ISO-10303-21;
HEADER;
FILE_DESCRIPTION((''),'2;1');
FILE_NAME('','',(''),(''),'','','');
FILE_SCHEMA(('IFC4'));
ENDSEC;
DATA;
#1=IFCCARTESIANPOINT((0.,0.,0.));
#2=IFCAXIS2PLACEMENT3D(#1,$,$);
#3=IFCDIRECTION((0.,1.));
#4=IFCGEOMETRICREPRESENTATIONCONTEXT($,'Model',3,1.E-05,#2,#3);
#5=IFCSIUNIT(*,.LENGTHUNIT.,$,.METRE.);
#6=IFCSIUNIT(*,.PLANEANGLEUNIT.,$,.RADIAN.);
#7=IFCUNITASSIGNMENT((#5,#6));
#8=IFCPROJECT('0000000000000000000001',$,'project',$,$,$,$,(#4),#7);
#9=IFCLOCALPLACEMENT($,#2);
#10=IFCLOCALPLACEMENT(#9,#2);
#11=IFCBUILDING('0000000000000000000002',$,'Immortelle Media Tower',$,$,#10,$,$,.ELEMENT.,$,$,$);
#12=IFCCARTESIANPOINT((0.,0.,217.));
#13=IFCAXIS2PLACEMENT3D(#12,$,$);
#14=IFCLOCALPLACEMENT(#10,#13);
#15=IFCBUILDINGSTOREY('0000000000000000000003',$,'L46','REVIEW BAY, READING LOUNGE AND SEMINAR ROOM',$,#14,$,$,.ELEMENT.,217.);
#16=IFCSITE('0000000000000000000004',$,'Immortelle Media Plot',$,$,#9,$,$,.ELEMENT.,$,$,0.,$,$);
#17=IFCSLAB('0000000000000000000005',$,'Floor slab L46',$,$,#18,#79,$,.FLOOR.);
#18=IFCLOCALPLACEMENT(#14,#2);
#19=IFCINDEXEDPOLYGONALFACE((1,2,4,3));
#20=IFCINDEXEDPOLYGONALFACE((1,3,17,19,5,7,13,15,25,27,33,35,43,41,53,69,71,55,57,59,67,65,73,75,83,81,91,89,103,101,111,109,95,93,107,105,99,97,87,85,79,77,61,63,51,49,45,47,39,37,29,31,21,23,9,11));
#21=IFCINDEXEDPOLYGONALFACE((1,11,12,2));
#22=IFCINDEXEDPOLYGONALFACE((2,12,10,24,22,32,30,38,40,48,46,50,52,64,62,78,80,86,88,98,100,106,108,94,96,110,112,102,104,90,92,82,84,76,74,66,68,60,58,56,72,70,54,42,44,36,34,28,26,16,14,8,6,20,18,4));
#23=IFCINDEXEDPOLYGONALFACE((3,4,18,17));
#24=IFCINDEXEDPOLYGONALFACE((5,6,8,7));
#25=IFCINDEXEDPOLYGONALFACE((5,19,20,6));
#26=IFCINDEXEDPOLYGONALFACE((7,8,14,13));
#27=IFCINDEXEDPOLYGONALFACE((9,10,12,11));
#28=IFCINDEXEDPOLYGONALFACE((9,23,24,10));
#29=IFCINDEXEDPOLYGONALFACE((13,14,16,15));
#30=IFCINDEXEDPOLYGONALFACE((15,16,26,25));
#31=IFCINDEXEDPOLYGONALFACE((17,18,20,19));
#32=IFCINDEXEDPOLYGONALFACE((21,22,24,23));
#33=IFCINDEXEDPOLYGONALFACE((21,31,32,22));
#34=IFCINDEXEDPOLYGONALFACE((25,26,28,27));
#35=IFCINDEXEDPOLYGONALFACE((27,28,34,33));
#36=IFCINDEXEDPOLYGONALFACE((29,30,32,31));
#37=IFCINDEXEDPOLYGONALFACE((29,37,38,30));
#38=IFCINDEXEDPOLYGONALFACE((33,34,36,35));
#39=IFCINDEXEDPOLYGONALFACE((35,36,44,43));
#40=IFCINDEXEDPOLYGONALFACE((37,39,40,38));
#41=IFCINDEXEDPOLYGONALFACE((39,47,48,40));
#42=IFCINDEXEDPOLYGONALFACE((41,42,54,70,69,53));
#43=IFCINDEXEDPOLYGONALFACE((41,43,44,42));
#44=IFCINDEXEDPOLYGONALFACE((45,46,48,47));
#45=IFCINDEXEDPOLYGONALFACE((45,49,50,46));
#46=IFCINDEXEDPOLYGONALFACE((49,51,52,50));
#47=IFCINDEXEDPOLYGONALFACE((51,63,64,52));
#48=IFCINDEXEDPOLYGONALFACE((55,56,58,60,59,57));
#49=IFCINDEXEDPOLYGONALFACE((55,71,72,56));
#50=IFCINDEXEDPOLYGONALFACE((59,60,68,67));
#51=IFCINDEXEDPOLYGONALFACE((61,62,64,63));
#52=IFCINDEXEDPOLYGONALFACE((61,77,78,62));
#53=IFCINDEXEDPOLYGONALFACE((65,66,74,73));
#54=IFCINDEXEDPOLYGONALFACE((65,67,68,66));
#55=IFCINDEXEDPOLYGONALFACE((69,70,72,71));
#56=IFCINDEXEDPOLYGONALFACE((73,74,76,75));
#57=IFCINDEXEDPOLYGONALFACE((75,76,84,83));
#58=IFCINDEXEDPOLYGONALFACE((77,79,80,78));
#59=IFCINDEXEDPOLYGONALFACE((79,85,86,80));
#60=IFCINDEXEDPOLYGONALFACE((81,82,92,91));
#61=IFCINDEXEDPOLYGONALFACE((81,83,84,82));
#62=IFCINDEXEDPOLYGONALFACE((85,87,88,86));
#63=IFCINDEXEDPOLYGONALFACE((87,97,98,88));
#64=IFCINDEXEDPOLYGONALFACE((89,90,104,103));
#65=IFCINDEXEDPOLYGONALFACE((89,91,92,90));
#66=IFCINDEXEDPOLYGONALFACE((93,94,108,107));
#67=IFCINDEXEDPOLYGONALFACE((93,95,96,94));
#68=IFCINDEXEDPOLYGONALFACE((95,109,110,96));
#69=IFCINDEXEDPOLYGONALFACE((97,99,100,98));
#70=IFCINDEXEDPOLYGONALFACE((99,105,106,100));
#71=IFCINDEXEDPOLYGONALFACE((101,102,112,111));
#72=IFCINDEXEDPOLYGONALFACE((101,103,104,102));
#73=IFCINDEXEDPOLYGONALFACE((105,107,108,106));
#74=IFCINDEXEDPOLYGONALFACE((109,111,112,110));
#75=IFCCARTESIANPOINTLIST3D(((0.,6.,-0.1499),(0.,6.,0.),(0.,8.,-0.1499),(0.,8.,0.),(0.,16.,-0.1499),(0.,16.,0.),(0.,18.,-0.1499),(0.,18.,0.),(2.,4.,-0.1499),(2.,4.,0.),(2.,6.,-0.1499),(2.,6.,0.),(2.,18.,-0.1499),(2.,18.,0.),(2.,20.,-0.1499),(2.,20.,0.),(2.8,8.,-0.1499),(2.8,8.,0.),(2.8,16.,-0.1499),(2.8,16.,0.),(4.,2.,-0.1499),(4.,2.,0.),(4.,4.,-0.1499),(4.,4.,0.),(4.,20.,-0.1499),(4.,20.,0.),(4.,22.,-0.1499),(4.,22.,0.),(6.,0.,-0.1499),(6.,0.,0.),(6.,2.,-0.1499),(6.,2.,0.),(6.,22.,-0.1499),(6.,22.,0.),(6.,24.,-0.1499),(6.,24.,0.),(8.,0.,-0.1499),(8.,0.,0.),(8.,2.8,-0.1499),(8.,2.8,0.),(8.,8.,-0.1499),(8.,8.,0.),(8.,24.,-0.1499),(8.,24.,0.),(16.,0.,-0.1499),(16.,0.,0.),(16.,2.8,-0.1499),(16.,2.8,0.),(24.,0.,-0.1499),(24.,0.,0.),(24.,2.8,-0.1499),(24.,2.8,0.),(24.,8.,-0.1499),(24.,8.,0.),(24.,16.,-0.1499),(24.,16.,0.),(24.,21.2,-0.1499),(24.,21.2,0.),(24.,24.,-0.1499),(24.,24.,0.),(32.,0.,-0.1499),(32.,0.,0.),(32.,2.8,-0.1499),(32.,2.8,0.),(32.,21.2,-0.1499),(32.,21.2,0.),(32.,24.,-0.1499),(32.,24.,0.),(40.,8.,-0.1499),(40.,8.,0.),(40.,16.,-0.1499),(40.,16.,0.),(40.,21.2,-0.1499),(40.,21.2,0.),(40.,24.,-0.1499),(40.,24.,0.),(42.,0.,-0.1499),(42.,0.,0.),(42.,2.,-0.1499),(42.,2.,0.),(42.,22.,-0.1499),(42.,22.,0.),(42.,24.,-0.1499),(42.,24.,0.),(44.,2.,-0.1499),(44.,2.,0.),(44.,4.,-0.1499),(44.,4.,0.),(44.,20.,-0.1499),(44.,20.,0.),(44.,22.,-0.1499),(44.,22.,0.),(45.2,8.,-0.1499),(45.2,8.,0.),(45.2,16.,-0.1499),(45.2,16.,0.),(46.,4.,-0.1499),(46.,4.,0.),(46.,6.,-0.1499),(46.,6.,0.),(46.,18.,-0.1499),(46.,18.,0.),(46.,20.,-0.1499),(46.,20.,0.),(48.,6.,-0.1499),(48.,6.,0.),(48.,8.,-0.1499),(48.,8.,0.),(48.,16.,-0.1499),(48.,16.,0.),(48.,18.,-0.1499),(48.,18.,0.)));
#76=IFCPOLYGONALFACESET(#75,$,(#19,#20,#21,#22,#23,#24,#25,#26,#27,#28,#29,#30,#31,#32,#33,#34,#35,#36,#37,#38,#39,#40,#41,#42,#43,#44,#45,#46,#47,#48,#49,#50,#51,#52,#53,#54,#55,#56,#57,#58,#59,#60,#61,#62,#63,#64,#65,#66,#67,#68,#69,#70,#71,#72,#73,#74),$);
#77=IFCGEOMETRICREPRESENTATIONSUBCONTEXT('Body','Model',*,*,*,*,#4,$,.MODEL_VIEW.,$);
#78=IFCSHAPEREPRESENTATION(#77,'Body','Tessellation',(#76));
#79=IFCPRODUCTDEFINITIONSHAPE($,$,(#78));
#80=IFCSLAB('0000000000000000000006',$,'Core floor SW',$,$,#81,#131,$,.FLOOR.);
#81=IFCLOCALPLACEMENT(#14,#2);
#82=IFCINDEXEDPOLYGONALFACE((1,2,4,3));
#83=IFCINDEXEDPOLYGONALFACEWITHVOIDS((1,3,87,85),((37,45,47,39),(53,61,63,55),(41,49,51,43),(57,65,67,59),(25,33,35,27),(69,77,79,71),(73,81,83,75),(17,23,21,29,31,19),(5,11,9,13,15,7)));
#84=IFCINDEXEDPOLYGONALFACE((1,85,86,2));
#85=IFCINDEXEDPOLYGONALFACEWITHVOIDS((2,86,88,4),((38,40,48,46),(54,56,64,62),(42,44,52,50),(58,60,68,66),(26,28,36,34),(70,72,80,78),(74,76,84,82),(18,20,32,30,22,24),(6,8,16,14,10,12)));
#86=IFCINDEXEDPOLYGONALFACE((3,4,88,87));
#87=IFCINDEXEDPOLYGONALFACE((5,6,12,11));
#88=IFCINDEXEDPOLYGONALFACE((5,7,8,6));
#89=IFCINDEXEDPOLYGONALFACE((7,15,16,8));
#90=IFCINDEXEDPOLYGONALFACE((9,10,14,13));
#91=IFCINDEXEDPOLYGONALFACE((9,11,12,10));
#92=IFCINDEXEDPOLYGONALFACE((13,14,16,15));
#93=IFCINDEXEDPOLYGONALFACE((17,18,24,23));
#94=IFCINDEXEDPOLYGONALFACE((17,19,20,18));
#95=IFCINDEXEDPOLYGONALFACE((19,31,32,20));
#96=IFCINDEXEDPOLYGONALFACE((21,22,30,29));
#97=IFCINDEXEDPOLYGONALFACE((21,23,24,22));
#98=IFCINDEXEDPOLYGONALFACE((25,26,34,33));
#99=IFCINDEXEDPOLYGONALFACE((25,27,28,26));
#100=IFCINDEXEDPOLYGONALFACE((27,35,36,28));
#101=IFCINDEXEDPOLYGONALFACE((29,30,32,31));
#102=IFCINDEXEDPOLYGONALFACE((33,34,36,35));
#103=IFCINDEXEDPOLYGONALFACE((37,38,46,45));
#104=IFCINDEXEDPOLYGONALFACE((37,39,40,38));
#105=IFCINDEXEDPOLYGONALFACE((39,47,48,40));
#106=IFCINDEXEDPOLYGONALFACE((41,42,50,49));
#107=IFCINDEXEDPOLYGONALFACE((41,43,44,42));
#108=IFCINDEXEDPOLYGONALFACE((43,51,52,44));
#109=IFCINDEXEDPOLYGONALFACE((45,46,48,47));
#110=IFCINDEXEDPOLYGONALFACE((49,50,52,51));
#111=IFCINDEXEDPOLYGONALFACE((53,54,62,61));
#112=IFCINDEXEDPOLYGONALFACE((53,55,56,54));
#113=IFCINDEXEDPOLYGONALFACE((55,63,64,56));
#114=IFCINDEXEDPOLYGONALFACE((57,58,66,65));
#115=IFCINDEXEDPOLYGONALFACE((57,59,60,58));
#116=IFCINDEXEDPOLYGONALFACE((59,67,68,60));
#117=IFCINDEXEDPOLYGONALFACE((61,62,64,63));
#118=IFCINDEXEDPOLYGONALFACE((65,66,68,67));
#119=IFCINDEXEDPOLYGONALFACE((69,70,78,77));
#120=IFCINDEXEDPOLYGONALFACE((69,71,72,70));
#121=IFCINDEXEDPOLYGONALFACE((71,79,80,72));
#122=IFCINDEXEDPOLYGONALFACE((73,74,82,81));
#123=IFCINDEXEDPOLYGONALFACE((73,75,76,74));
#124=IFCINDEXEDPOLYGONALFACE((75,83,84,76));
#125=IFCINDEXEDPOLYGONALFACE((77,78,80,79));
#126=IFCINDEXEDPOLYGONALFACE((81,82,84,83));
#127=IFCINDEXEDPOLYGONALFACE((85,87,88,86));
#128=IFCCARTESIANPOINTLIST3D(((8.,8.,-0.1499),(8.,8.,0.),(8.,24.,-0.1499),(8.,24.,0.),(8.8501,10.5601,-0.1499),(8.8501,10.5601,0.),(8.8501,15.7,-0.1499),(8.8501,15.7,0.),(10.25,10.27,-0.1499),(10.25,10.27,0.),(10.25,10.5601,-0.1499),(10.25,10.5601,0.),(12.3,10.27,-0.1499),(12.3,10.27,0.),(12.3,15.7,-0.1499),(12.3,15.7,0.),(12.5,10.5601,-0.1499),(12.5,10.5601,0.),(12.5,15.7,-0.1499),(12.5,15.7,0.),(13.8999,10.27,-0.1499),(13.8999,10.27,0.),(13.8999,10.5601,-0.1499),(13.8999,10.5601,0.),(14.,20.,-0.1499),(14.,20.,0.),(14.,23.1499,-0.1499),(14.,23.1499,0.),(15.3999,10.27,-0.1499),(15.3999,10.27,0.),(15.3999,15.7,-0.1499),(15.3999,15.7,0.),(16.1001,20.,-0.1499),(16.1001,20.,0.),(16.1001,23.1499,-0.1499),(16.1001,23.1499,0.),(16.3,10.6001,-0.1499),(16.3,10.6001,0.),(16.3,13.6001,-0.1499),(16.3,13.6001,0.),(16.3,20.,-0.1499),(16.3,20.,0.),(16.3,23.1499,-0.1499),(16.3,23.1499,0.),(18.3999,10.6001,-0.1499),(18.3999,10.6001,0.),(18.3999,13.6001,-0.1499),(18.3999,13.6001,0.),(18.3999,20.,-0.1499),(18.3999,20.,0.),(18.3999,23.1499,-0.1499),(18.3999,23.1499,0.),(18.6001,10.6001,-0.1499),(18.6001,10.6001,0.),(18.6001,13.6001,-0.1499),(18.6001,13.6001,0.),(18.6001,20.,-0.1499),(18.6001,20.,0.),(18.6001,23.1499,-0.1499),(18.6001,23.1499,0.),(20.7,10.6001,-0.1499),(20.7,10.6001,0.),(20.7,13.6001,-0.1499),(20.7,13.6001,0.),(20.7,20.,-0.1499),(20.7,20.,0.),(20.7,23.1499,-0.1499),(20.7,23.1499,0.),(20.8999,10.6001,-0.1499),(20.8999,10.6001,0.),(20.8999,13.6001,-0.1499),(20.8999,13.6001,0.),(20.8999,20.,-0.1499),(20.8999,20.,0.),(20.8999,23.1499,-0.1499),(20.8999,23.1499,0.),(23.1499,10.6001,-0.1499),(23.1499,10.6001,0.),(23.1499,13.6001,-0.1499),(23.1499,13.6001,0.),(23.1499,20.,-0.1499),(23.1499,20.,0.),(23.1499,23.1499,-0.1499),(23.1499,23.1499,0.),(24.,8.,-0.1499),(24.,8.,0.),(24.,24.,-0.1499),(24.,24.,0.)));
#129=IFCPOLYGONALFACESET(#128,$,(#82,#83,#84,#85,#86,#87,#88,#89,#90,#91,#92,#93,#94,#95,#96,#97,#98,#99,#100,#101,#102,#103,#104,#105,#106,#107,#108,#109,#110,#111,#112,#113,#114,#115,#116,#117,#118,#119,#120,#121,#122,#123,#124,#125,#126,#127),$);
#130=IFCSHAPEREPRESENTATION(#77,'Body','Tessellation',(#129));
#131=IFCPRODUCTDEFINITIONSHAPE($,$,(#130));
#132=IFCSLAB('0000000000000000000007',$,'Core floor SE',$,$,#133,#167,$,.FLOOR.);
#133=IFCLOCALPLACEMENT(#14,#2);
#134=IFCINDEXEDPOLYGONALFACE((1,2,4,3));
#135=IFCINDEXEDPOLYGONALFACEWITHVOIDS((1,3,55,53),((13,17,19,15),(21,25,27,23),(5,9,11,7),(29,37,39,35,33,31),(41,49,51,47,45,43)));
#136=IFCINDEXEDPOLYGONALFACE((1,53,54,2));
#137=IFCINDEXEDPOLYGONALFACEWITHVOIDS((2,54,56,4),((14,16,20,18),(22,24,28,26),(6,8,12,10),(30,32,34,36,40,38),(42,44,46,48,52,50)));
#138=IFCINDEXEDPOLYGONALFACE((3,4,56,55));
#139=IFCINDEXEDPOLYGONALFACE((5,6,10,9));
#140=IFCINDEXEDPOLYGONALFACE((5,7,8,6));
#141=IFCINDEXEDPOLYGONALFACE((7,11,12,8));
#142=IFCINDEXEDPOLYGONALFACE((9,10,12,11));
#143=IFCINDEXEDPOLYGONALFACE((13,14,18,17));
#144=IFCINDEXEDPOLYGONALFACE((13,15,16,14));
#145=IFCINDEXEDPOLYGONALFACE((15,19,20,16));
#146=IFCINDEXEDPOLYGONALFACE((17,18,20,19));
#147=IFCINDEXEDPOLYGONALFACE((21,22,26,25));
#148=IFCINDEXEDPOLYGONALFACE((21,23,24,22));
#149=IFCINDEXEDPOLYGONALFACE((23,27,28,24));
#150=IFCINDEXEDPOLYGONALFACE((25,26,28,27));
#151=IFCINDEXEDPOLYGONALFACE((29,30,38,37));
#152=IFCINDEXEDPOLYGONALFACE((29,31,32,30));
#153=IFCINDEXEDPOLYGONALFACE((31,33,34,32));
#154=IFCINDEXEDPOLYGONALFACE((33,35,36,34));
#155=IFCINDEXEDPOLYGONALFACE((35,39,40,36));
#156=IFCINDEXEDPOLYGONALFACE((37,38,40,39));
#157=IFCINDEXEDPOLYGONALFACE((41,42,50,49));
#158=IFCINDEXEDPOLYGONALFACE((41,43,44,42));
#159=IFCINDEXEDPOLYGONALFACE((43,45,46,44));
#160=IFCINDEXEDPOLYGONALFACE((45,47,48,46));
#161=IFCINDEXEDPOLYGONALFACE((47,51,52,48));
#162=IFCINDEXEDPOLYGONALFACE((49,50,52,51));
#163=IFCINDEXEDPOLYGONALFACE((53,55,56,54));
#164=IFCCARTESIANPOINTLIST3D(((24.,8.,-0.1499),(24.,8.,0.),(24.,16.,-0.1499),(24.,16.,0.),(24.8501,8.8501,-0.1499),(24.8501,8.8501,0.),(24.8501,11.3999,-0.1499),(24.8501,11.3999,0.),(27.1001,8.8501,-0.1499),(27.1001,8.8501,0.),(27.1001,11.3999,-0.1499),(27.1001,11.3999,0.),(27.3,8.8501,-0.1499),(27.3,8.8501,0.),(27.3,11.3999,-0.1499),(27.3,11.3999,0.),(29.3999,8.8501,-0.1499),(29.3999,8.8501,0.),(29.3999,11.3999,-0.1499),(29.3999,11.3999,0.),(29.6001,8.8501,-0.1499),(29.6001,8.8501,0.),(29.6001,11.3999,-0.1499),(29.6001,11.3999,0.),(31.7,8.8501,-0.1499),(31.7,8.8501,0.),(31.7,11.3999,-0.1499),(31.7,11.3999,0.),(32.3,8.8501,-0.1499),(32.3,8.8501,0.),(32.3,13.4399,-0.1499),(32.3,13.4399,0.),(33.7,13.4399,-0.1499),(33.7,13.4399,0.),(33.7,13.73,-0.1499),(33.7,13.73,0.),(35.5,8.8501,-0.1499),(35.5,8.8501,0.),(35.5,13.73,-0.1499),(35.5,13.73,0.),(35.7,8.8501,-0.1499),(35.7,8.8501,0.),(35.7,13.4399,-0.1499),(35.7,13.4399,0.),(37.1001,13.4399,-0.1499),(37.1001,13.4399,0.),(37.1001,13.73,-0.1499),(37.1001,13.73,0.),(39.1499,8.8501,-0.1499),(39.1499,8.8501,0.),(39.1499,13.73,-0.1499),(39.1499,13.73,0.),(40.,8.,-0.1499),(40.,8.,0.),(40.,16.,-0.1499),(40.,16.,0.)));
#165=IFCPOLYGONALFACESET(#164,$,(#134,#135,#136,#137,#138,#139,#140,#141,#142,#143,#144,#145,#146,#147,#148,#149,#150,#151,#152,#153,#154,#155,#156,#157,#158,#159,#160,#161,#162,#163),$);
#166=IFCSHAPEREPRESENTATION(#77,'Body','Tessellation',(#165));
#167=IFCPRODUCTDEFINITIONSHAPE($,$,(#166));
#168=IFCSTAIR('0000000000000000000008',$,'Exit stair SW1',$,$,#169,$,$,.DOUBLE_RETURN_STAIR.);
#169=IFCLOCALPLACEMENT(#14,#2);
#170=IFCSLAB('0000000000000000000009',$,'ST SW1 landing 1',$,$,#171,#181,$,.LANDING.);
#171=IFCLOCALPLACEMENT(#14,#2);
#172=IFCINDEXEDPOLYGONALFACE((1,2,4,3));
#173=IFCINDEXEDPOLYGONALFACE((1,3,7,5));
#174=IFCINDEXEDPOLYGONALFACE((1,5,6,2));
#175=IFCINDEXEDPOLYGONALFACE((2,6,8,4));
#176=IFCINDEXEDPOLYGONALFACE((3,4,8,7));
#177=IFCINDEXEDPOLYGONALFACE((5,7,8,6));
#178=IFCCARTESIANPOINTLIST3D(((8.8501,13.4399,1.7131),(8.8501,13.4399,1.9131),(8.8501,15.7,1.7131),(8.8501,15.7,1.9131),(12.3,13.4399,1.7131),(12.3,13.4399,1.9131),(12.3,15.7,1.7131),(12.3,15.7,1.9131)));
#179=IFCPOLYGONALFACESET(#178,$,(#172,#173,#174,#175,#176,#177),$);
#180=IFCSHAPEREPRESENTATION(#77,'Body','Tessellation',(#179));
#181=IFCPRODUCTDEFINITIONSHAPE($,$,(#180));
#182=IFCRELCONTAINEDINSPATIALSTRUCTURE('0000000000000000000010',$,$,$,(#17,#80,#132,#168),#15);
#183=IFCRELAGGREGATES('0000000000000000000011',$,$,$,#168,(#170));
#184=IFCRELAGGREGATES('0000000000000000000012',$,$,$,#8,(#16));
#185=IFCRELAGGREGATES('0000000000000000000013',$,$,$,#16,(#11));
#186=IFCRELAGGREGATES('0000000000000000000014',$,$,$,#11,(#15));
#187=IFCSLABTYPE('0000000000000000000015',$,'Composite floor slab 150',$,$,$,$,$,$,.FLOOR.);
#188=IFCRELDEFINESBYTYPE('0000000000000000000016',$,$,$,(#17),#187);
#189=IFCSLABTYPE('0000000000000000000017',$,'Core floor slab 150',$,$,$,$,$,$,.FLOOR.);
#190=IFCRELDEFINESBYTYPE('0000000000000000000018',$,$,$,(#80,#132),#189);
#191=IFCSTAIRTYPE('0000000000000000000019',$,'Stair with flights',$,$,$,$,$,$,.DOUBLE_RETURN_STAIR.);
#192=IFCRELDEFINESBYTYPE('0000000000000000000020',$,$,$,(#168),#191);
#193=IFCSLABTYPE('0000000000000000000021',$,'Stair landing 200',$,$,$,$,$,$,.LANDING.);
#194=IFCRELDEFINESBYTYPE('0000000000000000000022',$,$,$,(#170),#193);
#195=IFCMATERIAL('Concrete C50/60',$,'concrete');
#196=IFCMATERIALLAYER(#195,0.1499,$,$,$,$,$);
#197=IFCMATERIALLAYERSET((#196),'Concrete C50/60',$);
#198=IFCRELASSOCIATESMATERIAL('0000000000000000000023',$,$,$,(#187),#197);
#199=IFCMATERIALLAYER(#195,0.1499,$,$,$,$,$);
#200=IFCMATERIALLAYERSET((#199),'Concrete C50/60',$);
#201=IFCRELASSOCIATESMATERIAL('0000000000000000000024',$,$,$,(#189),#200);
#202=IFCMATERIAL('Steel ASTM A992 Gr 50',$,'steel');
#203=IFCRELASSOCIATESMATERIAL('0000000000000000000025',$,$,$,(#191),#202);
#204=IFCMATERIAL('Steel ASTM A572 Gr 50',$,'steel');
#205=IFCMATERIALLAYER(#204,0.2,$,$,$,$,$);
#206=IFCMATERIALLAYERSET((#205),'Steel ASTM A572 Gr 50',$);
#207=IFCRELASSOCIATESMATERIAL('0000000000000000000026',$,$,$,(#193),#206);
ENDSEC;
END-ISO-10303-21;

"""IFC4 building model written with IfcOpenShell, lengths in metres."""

from ifc_helpers import new_model, si_unit, direction, frame, origin, place, context, subcontext, project, spatial, polyline, outline, extrude, material, layer, layer_set, type_object, element, aggregate, save


model = new_model("IFC4")

# Units and contexts
model_context = context("Model", 3, precision=1e-05, world=origin(), true_north=direction((0.0, 1.0)))
body_context = subcontext(model_context, "Body", "Model", "MODEL_VIEW")
ifc_project = project(units=[si_unit("LENGTHUNIT", "METRE"), si_unit("PLANEANGLEUNIT", "RADIAN")], contexts=[model_context])

# Site, building, storey
site_placement = place(None, origin())
site = spatial("IfcSite", under=ifc_project, at=site_placement, Name="Immortelle Media Plot", CompositionType="ELEMENT", RefElevation=0.0)
building_placement = place(site_placement, origin())
building = spatial("IfcBuilding", under=site, at=building_placement, Name="Immortelle Media Tower", CompositionType="ELEMENT")
storey_placement = place(building_placement, frame((0.0, 0.0, 217.0)))
storey = spatial("IfcBuildingStorey", under=building, at=storey_placement, Name="L46", Description="REVIEW BAY, READING LOUNGE AND SEMINAR ROOM", CompositionType="ELEMENT", Elevation=217.0)

# Shared definitions
ifc_material_1 = material(Name="Steel ASTM A992 Gr 50", Category="steel")

# Slabs
ifc_material_2 = material(Name="Concrete C50/60", Category="concrete")
ifc_layer_1 = layer(ifc_material_2, 0.1499)
ifc_layer_set_1 = layer_set([ifc_layer_1], Name="Concrete C50/60")
slab_type_1 = type_object("IfcSlabType", Name="Composite floor slab 150", PredefinedType="FLOOR", material=ifc_layer_set_1)
slab_1_placement = place(storey_placement, frame((0.0, 0.0, -0.1499)))
element("IfcSlab", 1, at=slab_1_placement, inside=storey, type_object=slab_type_1, Name="Floor slab L46", PredefinedType="FLOOR", context=body_context, shape_type="SweptSolid", body=[
    extrude(outline(polyline([(6.0, 0.0), (6.0, 2.0), (4.0, 2.0), (4.0, 4.0), (2.0, 4.0), (2.0, 6.0), (0.0, 6.0), (0.0, 8.0), (2.8, 8.0), (2.8, 16.0), (0.0, 16.0), (0.0, 18.0), (2.0, 18.0), (2.0, 20.0), (4.0, 20.0), (4.0, 22.0), (6.0, 22.0), (6.0, 24.0), (8.0, 24.0), (8.0, 8.0), (24.0, 8.0), (40.0, 8.0), (40.0, 16.0), (24.0, 16.0), (24.0, 21.2), (24.0, 24.0), (32.0, 24.0), (32.0, 21.2), (40.0, 21.2), (40.0, 24.0), (42.0, 24.0), (42.0, 22.0), (44.0, 22.0), (44.0, 20.0), (46.0, 20.0), (46.0, 18.0), (48.0, 18.0), (48.0, 16.0), (45.2, 16.0), (45.2, 8.0), (48.0, 8.0), (48.0, 6.0), (46.0, 6.0), (46.0, 4.0), (44.0, 4.0), (44.0, 2.0), (42.0, 2.0), (42.0, 0.0), (32.0, 0.0), (32.0, 2.8), (24.0, 2.8), (24.0, 0.0), (16.0, 0.0), (16.0, 2.8), (8.0, 2.8), (8.0, 0.0), (6.0, 0.0)])), origin(), (0.0, 0.0, 1.0), 0.1499),
])
ifc_layer_2 = layer(ifc_material_2, 0.1499)
ifc_layer_set_2 = layer_set([ifc_layer_2], Name="Concrete C50/60")
slab_type_2 = type_object("IfcSlabType", Name="Core floor slab 150", PredefinedType="FLOOR", material=ifc_layer_set_2)
slab_2_placement = place(storey_placement, frame((0.0, 0.0, -0.1499)))
element("IfcSlab", 2, at=slab_2_placement, inside=storey, type_object=slab_type_2, Name="Core floor SW", PredefinedType="FLOOR", context=body_context, shape_type="SweptSolid", body=[
    extrude(outline(polyline([(8.0, 8.0), (24.0, 8.0), (24.0, 24.0), (8.0, 24.0), (8.0, 8.0)]), holes=[polyline([(14.0, 20.0), (16.1001, 20.0), (16.1001, 23.1499), (14.0, 23.1499), (14.0, 20.0)]), polyline([(16.3, 20.0), (18.3999, 20.0), (18.3999, 23.1499), (16.3, 23.1499), (16.3, 20.0)]), polyline([(18.6001, 20.0), (20.7, 20.0), (20.7, 23.1499), (18.6001, 23.1499), (18.6001, 20.0)]), polyline([(20.8999, 20.0), (23.1499, 20.0), (23.1499, 23.1499), (20.8999, 23.1499), (20.8999, 20.0)]), polyline([(16.3, 10.6001), (18.3999, 10.6001), (18.3999, 13.6001), (16.3, 13.6001), (16.3, 10.6001)]), polyline([(18.6001, 10.6001), (20.7, 10.6001), (20.7, 13.6001), (18.6001, 13.6001), (18.6001, 10.6001)]), polyline([(20.8999, 10.6001), (23.1499, 10.6001), (23.1499, 13.6001), (20.8999, 13.6001), (20.8999, 10.6001)]), polyline([(8.8501, 15.7), (12.3, 15.7), (12.3, 10.27), (10.25, 10.27), (10.25, 10.5601), (8.8501, 10.5601), (8.8501, 15.7)]), polyline([(12.5, 15.7), (15.3999, 15.7), (15.3999, 10.27), (13.8999, 10.27), (13.8999, 10.5601), (12.5, 10.5601), (12.5, 15.7)])]), origin(), (0.0, 0.0, 1.0), 0.1499),
])
slab_3_placement = place(storey_placement, frame((0.0, 0.0, -0.1499)))
element("IfcSlab", 3, at=slab_3_placement, inside=storey, type_object=slab_type_2, Name="Core floor SE", PredefinedType="FLOOR", context=body_context, shape_type="SweptSolid", body=[
    extrude(outline(polyline([(24.0, 8.0), (40.0, 8.0), (40.0, 16.0), (24.0, 16.0), (24.0, 8.0)]), holes=[polyline([(24.8501, 8.8501), (27.1001, 8.8501), (27.1001, 11.3999), (24.8501, 11.3999), (24.8501, 8.8501)]), polyline([(27.3, 8.8501), (29.3999, 8.8501), (29.3999, 11.3999), (27.3, 11.3999), (27.3, 8.8501)]), polyline([(29.6001, 8.8501), (31.7, 8.8501), (31.7, 11.3999), (29.6001, 11.3999), (29.6001, 8.8501)]), polyline([(35.5, 13.73), (35.5, 8.8501), (32.3, 8.8501), (32.3, 13.4399), (33.7, 13.4399), (33.7, 13.73), (35.5, 13.73)]), polyline([(39.1499, 13.73), (39.1499, 8.8501), (35.7, 8.8501), (35.7, 13.4399), (37.1001, 13.4399), (37.1001, 13.73), (39.1499, 13.73)])]), origin(), (0.0, 0.0, 1.0), 0.1499),
])

# Stair, slab
stair_type = type_object("IfcStairType", Name="Stair with flights", PredefinedType="DOUBLE_RETURN_STAIR", material=ifc_material_1)
stair_1_placement = place(storey_placement, origin())
stair_1 = element("IfcStair", 4, at=stair_1_placement, inside=storey, type_object=stair_type, Name="Exit stair SW1", PredefinedType="DOUBLE_RETURN_STAIR")
ifc_material_3 = material(Name="Steel ASTM A572 Gr 50", Category="steel")
ifc_layer_3 = layer(ifc_material_3, 0.2)
ifc_layer_set_3 = layer_set([ifc_layer_3], Name="Steel ASTM A572 Gr 50")
slab_type_3 = type_object("IfcSlabType", Name="Stair landing 200", PredefinedType="LANDING", material=ifc_layer_set_3)
slab_4_placement = place(storey_placement, frame((0.0, 0.0, 1.7131)))
slab_4 = element("IfcSlab", 5, at=slab_4_placement, type_object=slab_type_3, Name="ST SW1 landing 1", PredefinedType="LANDING", context=body_context, shape_type="SweptSolid", body=[
    extrude(outline(polyline([(8.8501, 13.4399), (12.3, 13.4399), (12.3, 15.7), (8.8501, 15.7), (8.8501, 13.4399)])), origin(), (0.0, 0.0, 1.0), 0.2),
])
aggregate(stair_1, [slab_4])

save(model, "model.ifc")
